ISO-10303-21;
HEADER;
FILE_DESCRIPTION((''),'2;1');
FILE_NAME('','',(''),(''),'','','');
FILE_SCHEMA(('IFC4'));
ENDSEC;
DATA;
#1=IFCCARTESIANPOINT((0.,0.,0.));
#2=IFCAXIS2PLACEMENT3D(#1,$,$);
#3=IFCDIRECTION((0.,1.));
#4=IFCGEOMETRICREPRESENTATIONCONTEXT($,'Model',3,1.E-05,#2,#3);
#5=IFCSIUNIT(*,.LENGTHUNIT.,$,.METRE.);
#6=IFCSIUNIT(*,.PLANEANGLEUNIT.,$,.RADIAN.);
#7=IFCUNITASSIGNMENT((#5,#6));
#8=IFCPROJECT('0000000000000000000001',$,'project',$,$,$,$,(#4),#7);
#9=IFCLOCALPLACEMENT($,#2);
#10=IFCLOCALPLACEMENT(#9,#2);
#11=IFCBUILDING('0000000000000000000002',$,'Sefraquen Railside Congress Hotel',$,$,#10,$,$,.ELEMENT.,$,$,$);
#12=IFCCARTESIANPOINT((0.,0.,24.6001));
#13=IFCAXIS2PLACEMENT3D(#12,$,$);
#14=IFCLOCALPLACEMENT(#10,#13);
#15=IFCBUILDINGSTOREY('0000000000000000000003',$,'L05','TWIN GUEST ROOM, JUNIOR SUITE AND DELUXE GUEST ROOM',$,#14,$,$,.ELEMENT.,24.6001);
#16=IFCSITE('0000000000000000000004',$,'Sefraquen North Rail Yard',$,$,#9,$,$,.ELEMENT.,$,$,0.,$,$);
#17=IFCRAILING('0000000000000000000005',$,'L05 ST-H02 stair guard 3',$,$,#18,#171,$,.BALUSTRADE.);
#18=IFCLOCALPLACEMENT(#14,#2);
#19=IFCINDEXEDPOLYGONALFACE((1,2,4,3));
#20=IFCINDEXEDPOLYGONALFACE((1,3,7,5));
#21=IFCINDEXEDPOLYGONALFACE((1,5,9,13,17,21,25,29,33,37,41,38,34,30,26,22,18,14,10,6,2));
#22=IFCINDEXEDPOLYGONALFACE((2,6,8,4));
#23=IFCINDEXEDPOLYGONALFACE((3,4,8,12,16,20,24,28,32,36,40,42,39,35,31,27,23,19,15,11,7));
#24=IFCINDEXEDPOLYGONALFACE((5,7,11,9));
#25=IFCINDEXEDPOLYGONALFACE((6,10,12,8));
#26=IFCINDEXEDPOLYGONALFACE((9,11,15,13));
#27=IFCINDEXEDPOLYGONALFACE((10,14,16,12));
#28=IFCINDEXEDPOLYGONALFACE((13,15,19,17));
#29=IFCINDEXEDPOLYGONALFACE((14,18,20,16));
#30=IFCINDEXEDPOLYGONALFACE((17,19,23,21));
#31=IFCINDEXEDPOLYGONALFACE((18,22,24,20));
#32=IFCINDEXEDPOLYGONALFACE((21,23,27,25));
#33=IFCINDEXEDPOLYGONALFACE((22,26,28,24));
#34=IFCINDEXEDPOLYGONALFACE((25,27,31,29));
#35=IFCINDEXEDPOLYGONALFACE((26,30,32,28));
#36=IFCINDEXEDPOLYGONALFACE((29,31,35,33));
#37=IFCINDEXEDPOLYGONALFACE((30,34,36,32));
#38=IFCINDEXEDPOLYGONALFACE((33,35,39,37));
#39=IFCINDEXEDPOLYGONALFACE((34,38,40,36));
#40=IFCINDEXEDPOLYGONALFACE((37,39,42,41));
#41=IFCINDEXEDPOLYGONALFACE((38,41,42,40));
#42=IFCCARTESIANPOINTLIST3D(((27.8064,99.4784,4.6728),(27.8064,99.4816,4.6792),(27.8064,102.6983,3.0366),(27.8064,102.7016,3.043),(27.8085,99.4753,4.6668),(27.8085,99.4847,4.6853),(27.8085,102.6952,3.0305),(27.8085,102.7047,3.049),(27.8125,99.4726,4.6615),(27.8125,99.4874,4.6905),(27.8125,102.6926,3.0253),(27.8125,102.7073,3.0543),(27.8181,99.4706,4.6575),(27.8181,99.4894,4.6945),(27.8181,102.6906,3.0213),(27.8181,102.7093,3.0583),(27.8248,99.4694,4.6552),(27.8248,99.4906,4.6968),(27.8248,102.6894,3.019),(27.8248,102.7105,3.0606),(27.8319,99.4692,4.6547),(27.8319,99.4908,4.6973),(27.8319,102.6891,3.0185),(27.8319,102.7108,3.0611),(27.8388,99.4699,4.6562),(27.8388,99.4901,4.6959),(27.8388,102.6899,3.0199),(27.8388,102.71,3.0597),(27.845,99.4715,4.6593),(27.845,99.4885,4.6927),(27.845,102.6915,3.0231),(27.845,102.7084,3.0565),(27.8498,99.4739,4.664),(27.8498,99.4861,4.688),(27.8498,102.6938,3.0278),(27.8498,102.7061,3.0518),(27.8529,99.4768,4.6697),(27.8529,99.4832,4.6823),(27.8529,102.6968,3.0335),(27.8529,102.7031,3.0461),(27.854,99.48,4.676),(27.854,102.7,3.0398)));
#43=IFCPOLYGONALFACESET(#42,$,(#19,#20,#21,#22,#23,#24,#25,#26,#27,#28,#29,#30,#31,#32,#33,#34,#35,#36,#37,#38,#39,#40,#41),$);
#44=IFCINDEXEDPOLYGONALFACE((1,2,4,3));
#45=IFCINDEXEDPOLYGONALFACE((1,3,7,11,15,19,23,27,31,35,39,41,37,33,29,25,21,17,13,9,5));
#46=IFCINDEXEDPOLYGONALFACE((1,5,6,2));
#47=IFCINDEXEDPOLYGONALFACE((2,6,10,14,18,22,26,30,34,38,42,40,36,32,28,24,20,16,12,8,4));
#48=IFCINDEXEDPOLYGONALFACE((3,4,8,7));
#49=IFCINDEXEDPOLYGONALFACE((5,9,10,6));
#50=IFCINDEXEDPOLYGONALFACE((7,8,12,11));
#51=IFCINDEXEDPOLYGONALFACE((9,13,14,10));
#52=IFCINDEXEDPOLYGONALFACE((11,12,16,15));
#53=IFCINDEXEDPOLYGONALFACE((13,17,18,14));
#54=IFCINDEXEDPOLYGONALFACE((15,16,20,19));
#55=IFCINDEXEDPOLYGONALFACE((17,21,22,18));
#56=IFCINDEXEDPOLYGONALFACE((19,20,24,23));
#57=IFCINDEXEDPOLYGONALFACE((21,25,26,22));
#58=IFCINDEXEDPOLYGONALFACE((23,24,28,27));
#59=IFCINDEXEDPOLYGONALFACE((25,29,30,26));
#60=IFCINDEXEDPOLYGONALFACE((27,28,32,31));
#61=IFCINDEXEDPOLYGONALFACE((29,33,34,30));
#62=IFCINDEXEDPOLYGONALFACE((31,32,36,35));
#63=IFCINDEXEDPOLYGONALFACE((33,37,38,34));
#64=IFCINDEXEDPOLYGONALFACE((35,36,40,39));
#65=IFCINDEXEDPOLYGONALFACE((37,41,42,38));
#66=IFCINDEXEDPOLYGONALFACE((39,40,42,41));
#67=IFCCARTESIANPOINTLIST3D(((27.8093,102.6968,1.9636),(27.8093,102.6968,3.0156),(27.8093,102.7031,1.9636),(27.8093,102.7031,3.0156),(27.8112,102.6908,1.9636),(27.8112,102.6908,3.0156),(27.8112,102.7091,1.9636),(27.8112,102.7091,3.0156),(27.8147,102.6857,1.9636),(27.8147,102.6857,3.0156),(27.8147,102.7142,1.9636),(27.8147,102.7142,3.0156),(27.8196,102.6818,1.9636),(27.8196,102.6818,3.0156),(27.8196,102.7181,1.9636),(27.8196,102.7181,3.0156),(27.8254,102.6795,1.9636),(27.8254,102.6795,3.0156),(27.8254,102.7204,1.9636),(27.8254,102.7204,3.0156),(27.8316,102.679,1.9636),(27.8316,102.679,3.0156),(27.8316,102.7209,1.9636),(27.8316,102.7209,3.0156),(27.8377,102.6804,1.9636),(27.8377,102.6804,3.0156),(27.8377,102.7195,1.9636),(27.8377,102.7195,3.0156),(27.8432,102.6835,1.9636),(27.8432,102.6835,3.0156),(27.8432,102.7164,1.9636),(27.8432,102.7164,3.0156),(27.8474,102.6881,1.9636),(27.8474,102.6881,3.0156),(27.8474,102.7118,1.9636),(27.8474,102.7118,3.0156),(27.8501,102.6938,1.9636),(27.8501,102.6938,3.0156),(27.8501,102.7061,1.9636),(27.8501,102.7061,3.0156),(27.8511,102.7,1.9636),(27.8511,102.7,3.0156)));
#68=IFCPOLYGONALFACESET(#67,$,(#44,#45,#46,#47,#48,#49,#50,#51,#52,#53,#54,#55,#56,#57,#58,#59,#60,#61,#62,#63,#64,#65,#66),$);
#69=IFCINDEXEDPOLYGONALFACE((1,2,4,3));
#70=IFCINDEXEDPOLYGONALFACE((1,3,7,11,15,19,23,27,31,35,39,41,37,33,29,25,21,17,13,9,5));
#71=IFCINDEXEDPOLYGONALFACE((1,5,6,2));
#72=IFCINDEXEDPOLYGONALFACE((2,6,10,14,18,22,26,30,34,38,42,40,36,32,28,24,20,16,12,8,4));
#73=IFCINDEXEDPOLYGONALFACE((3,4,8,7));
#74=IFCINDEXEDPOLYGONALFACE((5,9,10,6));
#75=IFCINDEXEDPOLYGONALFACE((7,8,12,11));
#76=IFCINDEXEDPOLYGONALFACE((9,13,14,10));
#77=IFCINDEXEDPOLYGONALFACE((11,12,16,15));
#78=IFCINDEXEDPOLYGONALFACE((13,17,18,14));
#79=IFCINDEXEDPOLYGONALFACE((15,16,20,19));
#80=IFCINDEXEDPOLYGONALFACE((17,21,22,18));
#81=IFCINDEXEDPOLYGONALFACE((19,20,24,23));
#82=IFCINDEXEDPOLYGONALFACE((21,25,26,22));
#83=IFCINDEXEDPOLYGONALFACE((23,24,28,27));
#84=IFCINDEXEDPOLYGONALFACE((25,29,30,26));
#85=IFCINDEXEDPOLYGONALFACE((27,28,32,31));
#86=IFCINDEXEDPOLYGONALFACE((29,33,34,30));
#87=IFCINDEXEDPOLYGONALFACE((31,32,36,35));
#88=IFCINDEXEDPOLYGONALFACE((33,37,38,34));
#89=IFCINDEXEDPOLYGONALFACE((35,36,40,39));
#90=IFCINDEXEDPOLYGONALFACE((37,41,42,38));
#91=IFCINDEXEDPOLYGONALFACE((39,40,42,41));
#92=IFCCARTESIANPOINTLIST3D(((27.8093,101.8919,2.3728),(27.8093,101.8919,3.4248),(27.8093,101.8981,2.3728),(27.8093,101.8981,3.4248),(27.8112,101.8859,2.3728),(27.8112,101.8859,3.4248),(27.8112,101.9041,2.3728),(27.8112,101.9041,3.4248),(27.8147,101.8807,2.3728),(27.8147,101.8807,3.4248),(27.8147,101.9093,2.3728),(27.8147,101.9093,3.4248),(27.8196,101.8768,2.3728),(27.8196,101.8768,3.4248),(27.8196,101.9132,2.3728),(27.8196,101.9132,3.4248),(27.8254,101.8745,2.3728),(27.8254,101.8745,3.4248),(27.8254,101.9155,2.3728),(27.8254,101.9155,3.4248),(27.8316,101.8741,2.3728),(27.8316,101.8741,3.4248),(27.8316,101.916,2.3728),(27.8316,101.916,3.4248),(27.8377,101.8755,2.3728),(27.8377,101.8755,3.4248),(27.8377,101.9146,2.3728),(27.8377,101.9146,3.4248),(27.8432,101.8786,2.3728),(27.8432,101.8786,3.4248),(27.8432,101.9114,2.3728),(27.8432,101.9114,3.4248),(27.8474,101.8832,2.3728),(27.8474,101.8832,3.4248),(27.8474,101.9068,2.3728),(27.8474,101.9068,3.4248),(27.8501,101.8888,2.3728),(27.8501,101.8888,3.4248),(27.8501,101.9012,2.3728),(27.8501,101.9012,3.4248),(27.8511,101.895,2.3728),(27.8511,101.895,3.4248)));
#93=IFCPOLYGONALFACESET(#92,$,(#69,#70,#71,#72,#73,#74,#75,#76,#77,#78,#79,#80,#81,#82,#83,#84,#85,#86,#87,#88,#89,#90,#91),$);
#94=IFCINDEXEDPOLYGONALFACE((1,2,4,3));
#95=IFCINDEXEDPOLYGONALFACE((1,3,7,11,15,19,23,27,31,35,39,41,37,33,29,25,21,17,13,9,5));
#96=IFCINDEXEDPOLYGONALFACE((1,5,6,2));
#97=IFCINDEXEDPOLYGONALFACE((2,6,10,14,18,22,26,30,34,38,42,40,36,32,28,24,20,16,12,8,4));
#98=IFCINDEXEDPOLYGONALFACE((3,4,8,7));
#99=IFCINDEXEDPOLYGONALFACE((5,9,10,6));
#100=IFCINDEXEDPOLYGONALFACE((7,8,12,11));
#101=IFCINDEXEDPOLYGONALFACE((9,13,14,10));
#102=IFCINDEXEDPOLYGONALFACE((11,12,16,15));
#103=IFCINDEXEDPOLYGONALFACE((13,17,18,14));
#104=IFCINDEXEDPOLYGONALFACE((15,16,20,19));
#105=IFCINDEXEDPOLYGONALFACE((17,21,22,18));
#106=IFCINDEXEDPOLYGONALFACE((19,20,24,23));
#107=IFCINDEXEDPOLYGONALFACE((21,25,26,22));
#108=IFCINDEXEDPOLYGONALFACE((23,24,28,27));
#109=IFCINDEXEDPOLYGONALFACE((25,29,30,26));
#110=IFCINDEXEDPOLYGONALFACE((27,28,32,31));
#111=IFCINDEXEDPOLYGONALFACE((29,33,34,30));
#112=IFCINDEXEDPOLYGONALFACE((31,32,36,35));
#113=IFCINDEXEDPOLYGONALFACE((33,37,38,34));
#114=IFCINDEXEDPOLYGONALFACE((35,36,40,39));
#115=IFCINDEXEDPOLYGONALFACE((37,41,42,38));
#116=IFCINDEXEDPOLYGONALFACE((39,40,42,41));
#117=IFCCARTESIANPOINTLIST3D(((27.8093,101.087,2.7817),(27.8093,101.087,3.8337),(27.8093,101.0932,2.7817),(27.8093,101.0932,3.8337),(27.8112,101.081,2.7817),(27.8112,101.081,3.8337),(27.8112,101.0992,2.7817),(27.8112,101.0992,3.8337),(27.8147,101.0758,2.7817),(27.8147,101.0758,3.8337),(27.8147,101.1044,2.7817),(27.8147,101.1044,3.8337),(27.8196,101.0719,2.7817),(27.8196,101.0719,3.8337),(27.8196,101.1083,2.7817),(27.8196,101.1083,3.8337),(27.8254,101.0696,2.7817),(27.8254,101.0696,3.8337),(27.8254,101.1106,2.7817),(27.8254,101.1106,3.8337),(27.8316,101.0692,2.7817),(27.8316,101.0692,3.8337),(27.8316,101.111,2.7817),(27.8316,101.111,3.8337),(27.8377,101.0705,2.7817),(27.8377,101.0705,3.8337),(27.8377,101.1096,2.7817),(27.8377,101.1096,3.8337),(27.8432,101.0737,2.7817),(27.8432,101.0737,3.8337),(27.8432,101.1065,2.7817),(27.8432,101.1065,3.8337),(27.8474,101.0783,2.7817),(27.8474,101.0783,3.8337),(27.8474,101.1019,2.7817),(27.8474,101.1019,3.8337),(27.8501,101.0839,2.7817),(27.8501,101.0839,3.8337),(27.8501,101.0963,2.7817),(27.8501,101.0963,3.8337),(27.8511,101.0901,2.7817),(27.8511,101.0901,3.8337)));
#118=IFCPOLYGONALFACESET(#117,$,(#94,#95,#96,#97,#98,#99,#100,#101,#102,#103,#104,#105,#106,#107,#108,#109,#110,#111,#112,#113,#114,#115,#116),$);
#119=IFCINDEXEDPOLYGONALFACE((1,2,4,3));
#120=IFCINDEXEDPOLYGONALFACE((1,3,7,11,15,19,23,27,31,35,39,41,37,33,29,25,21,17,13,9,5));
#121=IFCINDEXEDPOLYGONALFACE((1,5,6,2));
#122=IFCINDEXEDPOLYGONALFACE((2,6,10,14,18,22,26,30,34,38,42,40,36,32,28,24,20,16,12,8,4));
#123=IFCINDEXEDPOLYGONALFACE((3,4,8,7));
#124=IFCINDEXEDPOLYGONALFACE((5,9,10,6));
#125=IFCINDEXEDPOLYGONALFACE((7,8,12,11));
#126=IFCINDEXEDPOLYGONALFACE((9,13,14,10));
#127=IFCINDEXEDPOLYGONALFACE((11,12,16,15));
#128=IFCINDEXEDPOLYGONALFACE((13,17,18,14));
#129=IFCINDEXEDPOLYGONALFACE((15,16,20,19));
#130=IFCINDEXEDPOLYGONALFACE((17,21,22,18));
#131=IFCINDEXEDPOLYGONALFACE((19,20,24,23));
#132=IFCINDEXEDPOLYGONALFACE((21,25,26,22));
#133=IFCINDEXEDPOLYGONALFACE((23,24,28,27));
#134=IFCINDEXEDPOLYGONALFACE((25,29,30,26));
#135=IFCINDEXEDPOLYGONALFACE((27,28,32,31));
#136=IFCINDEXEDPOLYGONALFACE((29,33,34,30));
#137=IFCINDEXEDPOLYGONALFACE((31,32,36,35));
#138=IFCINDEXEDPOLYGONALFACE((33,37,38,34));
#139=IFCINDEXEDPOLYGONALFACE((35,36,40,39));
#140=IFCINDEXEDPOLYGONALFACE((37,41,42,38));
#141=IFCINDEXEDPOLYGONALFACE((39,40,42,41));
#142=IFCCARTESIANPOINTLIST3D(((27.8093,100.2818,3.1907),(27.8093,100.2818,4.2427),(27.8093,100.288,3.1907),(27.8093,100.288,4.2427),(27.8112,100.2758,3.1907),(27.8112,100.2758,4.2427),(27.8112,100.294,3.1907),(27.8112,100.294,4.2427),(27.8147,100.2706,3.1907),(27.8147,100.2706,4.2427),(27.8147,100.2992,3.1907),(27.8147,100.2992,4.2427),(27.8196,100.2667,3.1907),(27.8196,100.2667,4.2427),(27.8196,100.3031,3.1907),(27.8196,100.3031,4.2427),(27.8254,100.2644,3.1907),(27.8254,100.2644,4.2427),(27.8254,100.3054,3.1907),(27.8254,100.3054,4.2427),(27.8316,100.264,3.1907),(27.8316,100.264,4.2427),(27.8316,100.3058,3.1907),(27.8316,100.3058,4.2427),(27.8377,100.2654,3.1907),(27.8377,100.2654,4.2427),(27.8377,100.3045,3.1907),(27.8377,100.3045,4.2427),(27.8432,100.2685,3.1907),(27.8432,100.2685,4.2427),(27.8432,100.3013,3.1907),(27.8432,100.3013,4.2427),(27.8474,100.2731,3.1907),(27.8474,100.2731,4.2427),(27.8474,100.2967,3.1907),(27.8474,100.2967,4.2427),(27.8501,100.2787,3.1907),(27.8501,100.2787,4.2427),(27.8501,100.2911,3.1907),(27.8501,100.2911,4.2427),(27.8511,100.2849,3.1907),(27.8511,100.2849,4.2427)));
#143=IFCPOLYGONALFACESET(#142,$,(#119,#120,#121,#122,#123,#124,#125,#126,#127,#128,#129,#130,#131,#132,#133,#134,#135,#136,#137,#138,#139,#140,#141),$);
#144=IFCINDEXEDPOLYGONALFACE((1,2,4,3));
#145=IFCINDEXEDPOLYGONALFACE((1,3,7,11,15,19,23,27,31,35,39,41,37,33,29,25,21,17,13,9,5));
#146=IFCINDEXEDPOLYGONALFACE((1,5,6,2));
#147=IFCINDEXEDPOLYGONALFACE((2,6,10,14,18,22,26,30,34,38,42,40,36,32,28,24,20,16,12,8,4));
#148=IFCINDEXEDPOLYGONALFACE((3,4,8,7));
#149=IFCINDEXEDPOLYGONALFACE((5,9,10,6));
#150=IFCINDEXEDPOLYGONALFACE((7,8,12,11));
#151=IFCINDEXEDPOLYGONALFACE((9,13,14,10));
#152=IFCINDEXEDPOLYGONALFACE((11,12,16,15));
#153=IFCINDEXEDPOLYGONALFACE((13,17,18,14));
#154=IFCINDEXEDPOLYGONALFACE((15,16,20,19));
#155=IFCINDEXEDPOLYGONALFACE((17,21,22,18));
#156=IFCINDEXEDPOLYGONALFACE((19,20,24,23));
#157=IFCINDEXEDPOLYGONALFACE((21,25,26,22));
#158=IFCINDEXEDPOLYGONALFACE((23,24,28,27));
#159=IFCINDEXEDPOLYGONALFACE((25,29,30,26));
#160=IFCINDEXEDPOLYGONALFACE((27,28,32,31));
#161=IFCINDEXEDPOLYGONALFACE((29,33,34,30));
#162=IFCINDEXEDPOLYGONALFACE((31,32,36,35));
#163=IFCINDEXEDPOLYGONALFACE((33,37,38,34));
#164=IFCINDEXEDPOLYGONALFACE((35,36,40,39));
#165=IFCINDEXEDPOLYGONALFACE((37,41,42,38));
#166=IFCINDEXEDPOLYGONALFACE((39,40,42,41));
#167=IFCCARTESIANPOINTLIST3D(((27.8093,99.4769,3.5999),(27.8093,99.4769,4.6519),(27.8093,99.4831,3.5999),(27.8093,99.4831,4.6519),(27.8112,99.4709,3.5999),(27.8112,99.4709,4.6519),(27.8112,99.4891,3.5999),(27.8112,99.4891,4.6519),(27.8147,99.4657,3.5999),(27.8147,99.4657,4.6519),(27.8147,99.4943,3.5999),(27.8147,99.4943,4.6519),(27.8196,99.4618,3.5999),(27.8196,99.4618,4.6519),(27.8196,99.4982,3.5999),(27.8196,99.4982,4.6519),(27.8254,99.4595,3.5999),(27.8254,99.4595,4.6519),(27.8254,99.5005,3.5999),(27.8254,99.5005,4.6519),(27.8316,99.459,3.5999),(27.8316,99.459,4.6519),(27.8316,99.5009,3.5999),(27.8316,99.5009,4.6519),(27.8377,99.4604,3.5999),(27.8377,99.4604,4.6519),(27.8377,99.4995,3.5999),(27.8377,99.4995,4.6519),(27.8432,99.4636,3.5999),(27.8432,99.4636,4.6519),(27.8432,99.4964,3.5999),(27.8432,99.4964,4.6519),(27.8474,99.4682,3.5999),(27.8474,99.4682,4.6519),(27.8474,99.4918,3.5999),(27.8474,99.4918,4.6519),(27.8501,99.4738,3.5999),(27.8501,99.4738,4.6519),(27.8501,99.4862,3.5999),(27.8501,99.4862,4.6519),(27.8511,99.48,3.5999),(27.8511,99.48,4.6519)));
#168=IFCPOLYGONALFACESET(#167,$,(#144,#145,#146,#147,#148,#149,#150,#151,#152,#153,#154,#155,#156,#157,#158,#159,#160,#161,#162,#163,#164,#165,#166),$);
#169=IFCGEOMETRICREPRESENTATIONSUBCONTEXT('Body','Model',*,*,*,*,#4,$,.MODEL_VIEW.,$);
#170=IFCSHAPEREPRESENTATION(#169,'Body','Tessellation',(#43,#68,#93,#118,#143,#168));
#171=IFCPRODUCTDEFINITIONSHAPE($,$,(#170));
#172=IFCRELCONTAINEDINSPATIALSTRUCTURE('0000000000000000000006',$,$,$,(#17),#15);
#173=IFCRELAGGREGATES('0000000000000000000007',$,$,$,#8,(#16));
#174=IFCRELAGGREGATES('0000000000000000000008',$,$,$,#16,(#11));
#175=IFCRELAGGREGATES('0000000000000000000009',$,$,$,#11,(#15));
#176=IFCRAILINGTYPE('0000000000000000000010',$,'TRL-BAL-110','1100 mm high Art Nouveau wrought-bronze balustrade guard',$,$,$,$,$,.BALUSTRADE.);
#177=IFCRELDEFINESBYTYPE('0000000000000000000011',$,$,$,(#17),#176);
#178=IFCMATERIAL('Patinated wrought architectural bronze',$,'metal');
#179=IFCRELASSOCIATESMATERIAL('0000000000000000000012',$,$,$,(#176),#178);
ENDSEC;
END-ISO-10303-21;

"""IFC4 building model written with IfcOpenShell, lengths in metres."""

from ifc_helpers import new_model, si_unit, direction, frame, origin, origin_2d, place, context, subcontext, project, spatial, circle, extrude, material, type_object, element, save


model = new_model("IFC4")

# Units and contexts
model_context = context("Model", 3, precision=1e-05, world=origin(), true_north=direction((0.0, 1.0)))
body_context = subcontext(model_context, "Body", "Model", "MODEL_VIEW")
ifc_project = project(units=[si_unit("LENGTHUNIT", "METRE"), si_unit("PLANEANGLEUNIT", "RADIAN")], contexts=[model_context])

# Site, building, storey
site_placement = place(None, origin())
site = spatial("IfcSite", under=ifc_project, at=site_placement, Name="Sefraquen North Rail Yard", CompositionType="ELEMENT", RefElevation=0.0)
building_placement = place(site_placement, origin())
building = spatial("IfcBuilding", under=site, at=building_placement, Name="Sefraquen Railside Congress Hotel", CompositionType="ELEMENT")
storey_placement = place(building_placement, frame((0.0, 0.0, 24.6001)))
storey = spatial("IfcBuildingStorey", under=building, at=storey_placement, Name="L05", Description="TWIN GUEST ROOM, JUNIOR SUITE AND DELUXE GUEST ROOM", CompositionType="ELEMENT", Elevation=24.6001)

# Railing
ifc_material_1 = material(Name="Patinated wrought architectural bronze", Category="metal")
railing_type_1 = type_object("IfcRailingType", Name="TRL-BAL-110", Description="1100 mm high Art Nouveau wrought-bronze balustrade guard", PredefinedType="BALUSTRADE", material=ifc_material_1)
railing_1_placement = place(storey_placement, frame((27.8301, 102.7, 1.9636)))
element("IfcRailing", 1, at=railing_1_placement, inside=storey, type_object=railing_type_1, Name="L05 ST-H02 stair guard 3", PredefinedType="BALUSTRADE", context=body_context, shape_type="SweptSolid", body=[
    extrude(circle(Radius=0.0239, at=origin_2d()), frame((0.0, 0.0, 1.0762), z_axis=(0.0, -0.891502, 0.453017), x_axis=(1.0, 0.0, 0.0)), (0.0, 0.0, 1.0), 3.6118),
    extrude(circle(Radius=0.021, at=origin_2d()), origin(), (0.0, 0.0, 1.0), 1.052),
    extrude(circle(Radius=0.021, at=origin_2d()), frame((0.0, -0.8049, 0.4092)), (0.0, 0.0, 1.0), 1.052),
    extrude(circle(Radius=0.021, at=origin_2d()), frame((0.0, -1.6099, 0.8181)), (0.0, 0.0, 1.0), 1.052),
    extrude(circle(Radius=0.021, at=origin_2d()), frame((0.0, -2.415, 1.2271)), (0.0, 0.0, 1.0), 1.052),
    extrude(circle(Radius=0.021, at=origin_2d()), frame((0.0, -3.22, 1.6362)), (0.0, 0.0, 1.0), 1.052),
])

save(model, "model.ifc")
